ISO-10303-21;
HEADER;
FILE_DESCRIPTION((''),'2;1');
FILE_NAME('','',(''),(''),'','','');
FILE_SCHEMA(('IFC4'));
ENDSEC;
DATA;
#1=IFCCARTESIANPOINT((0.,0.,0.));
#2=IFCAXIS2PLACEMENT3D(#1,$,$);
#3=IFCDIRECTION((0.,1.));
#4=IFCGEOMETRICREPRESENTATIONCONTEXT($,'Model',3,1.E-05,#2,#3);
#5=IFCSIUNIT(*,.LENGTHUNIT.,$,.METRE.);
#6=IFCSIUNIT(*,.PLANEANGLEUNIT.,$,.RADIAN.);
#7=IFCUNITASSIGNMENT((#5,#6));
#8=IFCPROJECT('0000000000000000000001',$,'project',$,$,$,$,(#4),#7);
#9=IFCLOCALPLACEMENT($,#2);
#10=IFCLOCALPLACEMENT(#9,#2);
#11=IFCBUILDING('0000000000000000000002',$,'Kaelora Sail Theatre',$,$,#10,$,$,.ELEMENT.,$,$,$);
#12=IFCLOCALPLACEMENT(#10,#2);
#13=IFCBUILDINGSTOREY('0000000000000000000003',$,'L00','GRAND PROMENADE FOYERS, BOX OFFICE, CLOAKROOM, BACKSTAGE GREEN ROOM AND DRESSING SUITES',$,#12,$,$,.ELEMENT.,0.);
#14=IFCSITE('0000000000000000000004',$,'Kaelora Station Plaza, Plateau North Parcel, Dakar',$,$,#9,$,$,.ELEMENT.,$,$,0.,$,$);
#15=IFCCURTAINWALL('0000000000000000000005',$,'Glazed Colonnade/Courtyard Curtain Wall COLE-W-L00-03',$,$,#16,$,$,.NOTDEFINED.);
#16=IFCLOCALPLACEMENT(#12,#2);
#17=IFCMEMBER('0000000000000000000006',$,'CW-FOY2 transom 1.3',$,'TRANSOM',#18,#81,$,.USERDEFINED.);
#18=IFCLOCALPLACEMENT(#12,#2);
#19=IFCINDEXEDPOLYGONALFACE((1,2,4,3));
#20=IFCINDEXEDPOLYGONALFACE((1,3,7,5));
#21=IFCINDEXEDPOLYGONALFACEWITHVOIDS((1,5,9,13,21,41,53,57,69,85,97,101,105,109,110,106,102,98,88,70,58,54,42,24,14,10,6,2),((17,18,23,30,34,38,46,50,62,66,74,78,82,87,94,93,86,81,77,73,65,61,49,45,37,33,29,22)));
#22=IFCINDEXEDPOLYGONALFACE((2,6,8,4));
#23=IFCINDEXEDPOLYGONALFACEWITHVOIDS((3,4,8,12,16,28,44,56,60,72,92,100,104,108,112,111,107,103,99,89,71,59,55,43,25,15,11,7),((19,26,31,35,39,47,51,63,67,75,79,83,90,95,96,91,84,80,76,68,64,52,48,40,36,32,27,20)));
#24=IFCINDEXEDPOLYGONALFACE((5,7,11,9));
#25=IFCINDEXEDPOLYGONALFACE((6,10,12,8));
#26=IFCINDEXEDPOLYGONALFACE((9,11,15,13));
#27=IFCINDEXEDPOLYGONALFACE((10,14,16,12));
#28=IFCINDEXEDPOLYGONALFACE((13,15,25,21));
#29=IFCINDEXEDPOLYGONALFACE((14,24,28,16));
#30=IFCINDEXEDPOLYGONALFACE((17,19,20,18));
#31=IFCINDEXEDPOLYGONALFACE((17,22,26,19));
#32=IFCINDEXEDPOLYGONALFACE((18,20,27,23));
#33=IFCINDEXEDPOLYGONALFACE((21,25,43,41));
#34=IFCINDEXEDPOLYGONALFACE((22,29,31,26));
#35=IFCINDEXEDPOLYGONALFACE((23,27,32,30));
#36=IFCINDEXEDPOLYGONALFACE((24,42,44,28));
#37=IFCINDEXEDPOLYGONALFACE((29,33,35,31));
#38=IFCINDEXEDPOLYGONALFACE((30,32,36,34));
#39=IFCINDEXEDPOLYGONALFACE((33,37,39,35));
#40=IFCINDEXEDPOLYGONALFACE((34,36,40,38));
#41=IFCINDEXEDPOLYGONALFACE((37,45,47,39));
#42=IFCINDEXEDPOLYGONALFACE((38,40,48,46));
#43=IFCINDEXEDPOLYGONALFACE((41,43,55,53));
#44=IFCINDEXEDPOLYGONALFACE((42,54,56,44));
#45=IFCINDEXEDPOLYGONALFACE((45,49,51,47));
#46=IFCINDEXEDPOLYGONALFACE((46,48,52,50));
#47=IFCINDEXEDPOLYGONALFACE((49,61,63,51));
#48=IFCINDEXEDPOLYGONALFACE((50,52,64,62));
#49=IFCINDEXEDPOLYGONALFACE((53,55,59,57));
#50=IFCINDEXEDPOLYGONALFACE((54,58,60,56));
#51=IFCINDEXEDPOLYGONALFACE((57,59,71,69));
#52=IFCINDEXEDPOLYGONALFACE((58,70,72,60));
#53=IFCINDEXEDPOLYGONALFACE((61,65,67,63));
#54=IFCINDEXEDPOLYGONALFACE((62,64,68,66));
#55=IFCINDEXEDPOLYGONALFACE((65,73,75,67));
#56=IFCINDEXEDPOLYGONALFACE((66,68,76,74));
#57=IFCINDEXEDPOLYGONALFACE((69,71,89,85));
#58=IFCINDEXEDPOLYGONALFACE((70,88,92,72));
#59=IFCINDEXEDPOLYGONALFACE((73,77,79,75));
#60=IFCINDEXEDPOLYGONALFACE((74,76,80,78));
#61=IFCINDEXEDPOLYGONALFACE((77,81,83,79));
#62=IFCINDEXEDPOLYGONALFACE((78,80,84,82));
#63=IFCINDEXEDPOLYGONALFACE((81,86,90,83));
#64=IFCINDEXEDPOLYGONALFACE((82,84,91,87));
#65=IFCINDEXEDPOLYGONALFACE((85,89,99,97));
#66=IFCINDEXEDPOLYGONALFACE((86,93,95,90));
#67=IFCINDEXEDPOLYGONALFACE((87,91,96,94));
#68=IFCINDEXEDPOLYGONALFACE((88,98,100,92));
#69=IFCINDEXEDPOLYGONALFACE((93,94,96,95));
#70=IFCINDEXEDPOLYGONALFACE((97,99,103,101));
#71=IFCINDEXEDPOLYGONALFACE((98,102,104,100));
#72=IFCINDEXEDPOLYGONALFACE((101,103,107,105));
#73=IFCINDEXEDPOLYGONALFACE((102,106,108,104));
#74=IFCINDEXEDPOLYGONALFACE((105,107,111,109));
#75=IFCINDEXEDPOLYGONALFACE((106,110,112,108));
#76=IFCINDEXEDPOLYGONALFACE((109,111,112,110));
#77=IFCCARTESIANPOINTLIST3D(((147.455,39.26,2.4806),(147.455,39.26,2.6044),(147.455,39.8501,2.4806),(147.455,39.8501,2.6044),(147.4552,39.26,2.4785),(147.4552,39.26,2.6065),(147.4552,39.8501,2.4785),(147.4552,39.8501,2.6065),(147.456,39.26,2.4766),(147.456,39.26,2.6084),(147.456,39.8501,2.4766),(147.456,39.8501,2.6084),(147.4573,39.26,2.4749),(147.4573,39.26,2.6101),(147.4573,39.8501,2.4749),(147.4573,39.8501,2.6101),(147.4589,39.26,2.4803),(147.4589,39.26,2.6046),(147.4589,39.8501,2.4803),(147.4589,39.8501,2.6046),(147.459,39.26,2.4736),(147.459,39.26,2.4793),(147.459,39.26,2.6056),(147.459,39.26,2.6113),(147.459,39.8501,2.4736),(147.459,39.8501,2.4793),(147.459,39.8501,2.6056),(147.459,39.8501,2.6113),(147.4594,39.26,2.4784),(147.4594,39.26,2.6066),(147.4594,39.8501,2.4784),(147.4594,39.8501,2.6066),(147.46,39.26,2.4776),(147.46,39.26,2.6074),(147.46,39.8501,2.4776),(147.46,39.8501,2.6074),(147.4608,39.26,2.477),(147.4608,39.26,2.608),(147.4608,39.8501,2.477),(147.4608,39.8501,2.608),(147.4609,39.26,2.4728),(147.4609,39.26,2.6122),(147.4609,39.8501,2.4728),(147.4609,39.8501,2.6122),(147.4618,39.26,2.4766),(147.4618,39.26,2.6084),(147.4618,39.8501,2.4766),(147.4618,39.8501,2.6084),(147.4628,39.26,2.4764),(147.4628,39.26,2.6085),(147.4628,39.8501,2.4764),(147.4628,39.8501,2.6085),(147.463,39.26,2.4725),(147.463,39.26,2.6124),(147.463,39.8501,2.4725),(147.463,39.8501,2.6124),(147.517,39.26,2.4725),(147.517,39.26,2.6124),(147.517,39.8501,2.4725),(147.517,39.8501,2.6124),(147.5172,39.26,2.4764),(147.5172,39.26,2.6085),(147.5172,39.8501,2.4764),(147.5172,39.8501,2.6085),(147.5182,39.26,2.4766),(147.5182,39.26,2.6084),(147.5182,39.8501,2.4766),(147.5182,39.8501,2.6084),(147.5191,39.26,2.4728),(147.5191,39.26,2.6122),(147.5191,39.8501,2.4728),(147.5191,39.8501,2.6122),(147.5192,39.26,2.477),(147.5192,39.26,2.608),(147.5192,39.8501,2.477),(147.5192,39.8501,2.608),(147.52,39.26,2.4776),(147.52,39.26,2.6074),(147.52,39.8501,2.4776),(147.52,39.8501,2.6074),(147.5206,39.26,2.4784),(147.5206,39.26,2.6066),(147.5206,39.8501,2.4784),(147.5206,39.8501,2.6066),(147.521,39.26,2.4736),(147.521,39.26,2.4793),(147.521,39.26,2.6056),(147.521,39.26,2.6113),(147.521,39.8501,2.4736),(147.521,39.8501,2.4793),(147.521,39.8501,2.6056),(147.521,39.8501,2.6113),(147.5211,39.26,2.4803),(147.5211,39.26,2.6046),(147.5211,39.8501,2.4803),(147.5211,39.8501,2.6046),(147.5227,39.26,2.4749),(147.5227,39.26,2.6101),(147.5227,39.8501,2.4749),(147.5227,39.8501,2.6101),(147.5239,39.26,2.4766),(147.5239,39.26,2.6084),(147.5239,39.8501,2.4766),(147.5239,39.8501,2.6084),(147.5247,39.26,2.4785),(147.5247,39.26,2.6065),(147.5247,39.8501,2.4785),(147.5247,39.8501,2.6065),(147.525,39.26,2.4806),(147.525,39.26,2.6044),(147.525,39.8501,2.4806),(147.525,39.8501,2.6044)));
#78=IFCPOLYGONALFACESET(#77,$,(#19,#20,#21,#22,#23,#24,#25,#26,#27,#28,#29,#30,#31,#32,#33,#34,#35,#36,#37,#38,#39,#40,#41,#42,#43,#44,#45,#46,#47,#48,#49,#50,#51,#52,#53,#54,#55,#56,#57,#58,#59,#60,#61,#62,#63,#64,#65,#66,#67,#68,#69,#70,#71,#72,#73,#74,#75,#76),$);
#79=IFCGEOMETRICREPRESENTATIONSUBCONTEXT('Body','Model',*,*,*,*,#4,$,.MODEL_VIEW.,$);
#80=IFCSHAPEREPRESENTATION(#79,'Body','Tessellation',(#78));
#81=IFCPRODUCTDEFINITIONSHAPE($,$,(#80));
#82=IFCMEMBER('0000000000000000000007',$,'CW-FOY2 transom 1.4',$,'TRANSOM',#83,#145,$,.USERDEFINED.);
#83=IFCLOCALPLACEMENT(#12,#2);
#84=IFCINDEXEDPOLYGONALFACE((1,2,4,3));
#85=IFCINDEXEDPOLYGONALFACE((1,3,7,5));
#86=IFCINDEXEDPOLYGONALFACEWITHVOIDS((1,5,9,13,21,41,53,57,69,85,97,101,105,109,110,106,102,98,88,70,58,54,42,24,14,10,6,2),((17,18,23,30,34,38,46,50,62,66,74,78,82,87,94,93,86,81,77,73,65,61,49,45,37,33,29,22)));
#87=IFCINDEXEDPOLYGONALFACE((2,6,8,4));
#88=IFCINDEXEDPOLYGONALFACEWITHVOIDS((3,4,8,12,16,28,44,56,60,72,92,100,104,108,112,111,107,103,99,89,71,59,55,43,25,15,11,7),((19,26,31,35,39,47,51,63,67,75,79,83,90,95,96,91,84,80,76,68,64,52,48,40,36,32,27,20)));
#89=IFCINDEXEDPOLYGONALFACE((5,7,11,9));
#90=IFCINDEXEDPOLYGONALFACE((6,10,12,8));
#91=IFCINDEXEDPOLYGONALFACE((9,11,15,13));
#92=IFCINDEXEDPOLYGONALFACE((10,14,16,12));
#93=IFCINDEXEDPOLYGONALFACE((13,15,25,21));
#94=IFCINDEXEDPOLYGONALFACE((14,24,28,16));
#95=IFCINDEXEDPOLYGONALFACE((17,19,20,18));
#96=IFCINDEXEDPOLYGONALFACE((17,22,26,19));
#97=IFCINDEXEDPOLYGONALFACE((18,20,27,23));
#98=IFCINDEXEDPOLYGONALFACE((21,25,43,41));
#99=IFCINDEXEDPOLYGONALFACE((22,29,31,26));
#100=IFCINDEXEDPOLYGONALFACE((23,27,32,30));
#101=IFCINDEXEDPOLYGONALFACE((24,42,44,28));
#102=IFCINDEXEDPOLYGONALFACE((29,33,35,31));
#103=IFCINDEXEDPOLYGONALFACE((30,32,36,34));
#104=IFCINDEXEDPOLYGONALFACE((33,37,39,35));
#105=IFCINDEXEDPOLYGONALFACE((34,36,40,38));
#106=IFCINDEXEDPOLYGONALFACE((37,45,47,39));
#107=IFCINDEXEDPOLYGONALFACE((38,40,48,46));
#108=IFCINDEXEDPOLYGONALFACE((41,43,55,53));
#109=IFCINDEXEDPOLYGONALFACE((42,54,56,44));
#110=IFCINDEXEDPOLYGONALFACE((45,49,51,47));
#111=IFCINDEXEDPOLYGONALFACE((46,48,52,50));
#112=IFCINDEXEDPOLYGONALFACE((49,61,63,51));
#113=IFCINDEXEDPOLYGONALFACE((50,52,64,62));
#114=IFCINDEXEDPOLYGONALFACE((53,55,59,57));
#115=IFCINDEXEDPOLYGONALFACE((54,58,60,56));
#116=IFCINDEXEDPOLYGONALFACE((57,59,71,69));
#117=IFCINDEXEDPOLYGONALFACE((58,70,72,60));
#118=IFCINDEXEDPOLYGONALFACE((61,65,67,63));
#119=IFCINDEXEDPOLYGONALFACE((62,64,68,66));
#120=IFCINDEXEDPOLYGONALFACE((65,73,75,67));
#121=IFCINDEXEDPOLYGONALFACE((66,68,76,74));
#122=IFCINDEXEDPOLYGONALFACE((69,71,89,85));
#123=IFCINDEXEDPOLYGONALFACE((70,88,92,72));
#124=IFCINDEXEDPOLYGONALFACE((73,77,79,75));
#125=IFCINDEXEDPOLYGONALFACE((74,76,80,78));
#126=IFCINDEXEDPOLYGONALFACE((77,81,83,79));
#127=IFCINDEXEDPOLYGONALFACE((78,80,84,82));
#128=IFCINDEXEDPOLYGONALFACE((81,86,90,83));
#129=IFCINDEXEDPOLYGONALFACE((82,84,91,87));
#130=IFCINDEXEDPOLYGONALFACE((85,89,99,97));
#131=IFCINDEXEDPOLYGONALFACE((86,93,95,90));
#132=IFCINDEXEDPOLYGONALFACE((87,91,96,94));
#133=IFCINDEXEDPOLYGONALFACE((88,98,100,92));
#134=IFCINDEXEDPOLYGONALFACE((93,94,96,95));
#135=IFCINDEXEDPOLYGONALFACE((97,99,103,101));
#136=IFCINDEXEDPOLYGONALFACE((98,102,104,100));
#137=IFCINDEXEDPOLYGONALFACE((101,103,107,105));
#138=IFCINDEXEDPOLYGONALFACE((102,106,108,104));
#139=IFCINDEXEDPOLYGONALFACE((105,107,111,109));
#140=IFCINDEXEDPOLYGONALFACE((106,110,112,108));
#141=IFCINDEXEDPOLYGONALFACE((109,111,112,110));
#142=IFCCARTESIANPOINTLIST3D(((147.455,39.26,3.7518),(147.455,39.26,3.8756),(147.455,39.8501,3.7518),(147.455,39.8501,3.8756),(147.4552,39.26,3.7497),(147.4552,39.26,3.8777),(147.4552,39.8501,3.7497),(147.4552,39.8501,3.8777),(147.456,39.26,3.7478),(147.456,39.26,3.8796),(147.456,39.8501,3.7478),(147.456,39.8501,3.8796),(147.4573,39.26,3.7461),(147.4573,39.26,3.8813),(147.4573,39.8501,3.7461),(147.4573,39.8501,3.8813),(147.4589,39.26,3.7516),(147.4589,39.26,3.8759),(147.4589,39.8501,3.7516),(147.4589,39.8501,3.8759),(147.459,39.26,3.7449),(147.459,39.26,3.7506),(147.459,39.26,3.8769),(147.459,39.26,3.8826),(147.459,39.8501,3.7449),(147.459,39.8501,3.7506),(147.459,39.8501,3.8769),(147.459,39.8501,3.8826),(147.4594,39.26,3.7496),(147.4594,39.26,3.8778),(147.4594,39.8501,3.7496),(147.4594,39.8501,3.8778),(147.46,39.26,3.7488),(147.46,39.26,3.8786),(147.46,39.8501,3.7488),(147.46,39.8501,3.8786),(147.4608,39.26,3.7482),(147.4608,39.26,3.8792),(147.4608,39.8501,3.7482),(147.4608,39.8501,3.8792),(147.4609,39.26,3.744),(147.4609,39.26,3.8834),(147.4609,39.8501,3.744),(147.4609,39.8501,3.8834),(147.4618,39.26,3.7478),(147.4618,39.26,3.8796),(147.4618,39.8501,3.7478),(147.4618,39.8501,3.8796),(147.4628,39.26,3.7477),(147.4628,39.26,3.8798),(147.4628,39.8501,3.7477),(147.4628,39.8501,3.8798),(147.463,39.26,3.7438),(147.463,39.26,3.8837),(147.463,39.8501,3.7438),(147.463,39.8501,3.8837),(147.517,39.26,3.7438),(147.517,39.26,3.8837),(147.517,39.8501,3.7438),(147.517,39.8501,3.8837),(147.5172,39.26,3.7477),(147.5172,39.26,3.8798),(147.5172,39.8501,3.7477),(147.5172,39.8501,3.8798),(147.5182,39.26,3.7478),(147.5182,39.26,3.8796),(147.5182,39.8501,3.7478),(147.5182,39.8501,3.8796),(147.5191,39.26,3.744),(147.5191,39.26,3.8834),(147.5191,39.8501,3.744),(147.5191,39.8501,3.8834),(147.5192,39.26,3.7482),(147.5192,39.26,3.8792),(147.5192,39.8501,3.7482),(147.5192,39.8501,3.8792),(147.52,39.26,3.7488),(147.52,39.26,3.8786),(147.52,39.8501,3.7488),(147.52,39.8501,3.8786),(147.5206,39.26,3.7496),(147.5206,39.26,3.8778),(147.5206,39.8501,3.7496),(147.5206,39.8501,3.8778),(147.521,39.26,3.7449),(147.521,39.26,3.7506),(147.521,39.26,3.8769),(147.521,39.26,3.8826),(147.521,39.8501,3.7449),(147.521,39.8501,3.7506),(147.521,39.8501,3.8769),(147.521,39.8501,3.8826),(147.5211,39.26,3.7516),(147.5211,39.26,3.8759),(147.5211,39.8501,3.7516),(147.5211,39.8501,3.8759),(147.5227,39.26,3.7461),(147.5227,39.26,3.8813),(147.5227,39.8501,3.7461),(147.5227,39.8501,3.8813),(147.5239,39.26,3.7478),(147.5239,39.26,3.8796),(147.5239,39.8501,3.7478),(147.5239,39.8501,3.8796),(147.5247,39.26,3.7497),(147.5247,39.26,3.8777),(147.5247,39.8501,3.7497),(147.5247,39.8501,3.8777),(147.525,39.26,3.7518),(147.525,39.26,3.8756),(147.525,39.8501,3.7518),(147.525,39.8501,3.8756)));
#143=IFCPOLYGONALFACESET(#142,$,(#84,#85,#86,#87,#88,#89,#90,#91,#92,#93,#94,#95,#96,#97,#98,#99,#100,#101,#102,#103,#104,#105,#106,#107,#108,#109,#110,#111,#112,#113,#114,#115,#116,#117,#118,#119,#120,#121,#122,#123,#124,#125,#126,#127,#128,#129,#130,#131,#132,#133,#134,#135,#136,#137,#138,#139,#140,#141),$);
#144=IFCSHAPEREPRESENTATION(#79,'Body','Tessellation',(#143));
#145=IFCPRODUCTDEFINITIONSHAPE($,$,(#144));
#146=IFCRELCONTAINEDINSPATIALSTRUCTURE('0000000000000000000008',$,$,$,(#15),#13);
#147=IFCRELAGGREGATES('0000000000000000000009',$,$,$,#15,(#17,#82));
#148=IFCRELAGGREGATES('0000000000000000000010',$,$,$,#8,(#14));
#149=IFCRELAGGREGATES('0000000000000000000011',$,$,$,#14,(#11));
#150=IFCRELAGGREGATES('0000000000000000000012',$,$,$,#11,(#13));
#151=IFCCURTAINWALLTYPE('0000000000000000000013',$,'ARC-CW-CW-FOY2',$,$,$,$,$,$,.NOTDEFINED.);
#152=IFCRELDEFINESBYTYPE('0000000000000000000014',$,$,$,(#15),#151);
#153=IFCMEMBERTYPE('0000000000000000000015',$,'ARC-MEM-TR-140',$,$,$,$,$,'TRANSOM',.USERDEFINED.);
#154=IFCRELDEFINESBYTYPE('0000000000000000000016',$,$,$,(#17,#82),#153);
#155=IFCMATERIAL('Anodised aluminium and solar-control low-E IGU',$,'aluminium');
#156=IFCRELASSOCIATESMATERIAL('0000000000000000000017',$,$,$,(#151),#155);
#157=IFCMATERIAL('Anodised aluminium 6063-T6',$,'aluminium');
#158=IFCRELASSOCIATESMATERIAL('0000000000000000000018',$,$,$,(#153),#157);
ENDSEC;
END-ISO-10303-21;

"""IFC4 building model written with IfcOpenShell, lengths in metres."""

from ifc_helpers import new_model, si_unit, direction, frame, origin, origin_2d, place, context, subcontext, project, spatial, hollow_rectangle, extrude, material, material_profile, profile_set, type_object, element, aggregate, save


model = new_model("IFC4")

# Units and contexts
model_context = context("Model", 3, precision=1e-05, world=origin(), true_north=direction((0.0, 1.0)))
body_context = subcontext(model_context, "Body", "Model", "MODEL_VIEW")
ifc_project = project(units=[si_unit("LENGTHUNIT", "METRE"), si_unit("PLANEANGLEUNIT", "RADIAN")], contexts=[model_context])

# Site, building, storey
site_placement = place(None, origin())
site = spatial("IfcSite", under=ifc_project, at=site_placement, Name="Kaelora Station Plaza, Plateau North Parcel, Dakar", CompositionType="ELEMENT", RefElevation=0.0)
building_placement = place(site_placement, origin())
building = spatial("IfcBuilding", under=site, at=building_placement, Name="Kaelora Sail Theatre", CompositionType="ELEMENT")
storey_placement = place(building_placement, origin())
storey = spatial("IfcBuildingStorey", under=building, at=storey_placement, Name="L00", Description="GRAND PROMENADE FOYERS, BOX OFFICE, CLOAKROOM, BACKSTAGE GREEN ROOM AND DRESSING SUITES", CompositionType="ELEMENT", Elevation=0.0)

# Curtain wall, members
ifc_material_1 = material(Name="Anodised aluminium and solar-control low-E IGU", Category="aluminium")
curtain_wall_type = type_object("IfcCurtainWallType", Name="ARC-CW-CW-FOY2", PredefinedType="NOTDEFINED", material=ifc_material_1)
ifc_material_2 = material(Name="Anodised aluminium 6063-T6", Category="aluminium")
ifc_material_profile_1 = material_profile(ifc_material_2, hollow_rectangle(XDim=0.0701, YDim=0.1399, WallThickness=0.0039, InnerFilletRadius=0.0039, OuterFilletRadius=0.0081, at=origin_2d()), Name="ALU-TRAN 70x140x4")
ifc_profile_set_1 = profile_set([ifc_material_profile_1], Name="Anodised aluminium 6063-T6")
member_type_1 = type_object("IfcMemberType", Name="ARC-MEM-TR-140", ElementType="TRANSOM", PredefinedType="USERDEFINED", material=ifc_profile_set_1)
curtain_wall_1_placement = place(storey_placement, origin())
curtain_wall_1 = element("IfcCurtainWall", 1, at=curtain_wall_1_placement, inside=storey, type_object=curtain_wall_type, Name="Glazed Colonnade/Courtyard Curtain Wall COLE-W-L00-03", PredefinedType="NOTDEFINED")
member_1_placement = place(storey_placement, frame((147.49, 39.26, 2.5425), z_axis=(0.0, 1.0, 0.0), x_axis=(-1.0, 0.0, 0.0)))
member_1 = element("IfcMember", 2, at=member_1_placement, type_object=member_type_1, Name="CW-FOY2 transom 1.3", ObjectType="TRANSOM", PredefinedType="USERDEFINED", context=body_context, shape_type="SweptSolid", body=[
    extrude(hollow_rectangle(XDim=0.0701, YDim=0.1399, WallThickness=0.0039, InnerFilletRadius=0.0039, OuterFilletRadius=0.0081, at=origin_2d()), origin(), (0.0, 0.0, 1.0), 0.5901),
])
member_2_placement = place(storey_placement, frame((147.49, 39.26, 3.8137), z_axis=(0.0, 1.0, 0.0), x_axis=(-1.0, 0.0, 0.0)))
member_2 = element("IfcMember", 3, at=member_2_placement, type_object=member_type_1, Name="CW-FOY2 transom 1.4", ObjectType="TRANSOM", PredefinedType="USERDEFINED", context=body_context, shape_type="SweptSolid", body=[
    extrude(hollow_rectangle(XDim=0.0701, YDim=0.1399, WallThickness=0.0039, InnerFilletRadius=0.0039, OuterFilletRadius=0.0081, at=origin_2d()), origin(), (0.0, 0.0, 1.0), 0.5901),
])

aggregate(curtain_wall_1, [member_1, member_2])

save(model, "model.ifc")
